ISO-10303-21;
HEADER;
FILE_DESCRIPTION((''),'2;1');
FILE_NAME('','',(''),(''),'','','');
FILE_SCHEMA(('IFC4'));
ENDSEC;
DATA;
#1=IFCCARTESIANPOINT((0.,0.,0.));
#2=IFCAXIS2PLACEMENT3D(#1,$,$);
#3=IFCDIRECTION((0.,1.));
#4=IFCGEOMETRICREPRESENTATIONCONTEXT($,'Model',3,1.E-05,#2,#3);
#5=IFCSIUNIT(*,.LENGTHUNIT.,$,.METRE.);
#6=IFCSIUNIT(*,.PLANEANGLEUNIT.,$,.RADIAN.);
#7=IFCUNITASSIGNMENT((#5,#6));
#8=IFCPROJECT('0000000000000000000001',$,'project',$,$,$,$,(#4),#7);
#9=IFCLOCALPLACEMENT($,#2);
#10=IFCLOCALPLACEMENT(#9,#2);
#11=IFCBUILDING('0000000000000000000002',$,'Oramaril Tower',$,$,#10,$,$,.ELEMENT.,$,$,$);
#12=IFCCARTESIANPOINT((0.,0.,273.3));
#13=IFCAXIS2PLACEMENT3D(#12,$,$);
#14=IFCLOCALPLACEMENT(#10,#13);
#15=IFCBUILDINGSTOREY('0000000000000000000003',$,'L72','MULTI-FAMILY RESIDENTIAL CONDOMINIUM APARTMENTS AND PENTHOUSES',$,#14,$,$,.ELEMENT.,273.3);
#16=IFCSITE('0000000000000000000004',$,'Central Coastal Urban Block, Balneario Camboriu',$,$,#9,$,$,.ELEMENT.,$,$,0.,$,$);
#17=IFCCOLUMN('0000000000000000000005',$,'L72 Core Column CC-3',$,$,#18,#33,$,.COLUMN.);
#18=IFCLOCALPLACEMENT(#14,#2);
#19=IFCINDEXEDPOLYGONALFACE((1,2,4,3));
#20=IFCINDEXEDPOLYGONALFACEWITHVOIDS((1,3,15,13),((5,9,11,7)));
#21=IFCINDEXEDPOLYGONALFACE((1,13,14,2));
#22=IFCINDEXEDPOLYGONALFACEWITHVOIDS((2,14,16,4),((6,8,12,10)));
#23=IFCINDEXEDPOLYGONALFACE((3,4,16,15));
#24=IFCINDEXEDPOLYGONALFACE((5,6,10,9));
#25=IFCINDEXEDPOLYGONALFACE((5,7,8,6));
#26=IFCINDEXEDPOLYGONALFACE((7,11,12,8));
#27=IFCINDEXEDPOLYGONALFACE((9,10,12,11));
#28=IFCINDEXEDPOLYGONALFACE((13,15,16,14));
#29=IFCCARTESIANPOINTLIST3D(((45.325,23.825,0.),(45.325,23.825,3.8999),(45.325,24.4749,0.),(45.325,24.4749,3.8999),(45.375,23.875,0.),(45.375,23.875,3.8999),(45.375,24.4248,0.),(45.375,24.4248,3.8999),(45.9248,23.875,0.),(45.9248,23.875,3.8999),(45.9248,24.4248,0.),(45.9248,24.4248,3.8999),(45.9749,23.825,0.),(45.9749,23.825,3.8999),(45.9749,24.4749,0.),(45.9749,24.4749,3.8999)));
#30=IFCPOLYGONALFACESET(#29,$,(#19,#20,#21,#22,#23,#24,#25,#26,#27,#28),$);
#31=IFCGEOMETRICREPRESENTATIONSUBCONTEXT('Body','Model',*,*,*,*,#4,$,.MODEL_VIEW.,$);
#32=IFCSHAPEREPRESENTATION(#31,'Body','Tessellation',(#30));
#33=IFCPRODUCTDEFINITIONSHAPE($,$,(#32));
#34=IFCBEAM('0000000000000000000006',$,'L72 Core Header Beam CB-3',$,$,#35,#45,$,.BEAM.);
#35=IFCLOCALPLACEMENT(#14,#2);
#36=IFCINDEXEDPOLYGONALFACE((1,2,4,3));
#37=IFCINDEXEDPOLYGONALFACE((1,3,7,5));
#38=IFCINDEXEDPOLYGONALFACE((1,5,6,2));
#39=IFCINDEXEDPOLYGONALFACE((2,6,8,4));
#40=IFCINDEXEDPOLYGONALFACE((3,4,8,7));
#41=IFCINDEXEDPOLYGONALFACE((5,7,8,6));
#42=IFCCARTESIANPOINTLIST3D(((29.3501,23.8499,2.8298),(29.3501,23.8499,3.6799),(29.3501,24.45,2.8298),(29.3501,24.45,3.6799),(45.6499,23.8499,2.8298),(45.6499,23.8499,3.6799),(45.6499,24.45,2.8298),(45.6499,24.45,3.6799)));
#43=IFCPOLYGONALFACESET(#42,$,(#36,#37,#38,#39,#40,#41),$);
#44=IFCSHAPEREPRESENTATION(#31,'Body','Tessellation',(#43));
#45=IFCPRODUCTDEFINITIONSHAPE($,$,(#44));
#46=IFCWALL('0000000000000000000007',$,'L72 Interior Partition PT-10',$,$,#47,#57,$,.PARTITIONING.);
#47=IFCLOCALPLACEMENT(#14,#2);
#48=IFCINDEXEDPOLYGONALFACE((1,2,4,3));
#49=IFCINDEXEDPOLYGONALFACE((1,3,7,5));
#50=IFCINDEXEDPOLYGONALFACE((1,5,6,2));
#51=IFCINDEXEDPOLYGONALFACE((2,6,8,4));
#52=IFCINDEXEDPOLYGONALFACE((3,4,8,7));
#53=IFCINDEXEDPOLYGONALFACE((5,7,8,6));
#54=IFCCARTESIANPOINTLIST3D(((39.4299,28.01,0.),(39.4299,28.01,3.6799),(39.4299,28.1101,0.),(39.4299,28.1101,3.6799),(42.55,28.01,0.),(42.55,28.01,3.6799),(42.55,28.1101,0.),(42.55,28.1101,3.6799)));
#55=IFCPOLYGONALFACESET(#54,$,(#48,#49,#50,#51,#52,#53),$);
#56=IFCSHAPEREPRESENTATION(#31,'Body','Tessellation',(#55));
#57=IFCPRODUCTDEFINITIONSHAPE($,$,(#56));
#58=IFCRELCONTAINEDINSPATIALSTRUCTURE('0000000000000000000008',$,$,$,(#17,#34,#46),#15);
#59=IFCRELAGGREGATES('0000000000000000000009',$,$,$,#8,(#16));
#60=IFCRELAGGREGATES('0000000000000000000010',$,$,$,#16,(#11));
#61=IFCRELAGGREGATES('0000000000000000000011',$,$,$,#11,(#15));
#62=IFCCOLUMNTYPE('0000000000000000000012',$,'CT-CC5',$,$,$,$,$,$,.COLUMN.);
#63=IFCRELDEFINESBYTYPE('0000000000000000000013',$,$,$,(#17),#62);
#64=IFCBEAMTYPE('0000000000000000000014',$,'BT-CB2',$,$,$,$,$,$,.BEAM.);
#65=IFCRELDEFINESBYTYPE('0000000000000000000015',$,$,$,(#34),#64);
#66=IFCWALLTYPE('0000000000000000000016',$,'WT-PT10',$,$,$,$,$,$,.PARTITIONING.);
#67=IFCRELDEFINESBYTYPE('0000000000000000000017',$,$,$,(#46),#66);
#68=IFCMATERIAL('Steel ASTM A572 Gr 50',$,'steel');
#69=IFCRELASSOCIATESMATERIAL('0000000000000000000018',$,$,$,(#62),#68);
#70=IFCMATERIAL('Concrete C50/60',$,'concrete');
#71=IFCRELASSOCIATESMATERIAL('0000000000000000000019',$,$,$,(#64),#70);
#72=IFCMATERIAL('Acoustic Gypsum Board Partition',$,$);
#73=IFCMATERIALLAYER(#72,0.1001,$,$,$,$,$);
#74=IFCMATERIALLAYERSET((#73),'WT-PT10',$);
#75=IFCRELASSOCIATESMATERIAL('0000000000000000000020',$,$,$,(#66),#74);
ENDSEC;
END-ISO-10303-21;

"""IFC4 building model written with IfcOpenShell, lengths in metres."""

from ifc_helpers import new_model, si_unit, direction, frame, frame_2d, origin, origin_2d, place, context, subcontext, project, spatial, rectangle, hollow_rectangle, extrude, material, layer, layer_set, material_profile, profile_set, type_object, element, save


model = new_model("IFC4")

# Units and contexts
model_context = context("Model", 3, precision=1e-05, world=origin(), true_north=direction((0.0, 1.0)))
body_context = subcontext(model_context, "Body", "Model", "MODEL_VIEW")
ifc_project = project(units=[si_unit("LENGTHUNIT", "METRE"), si_unit("PLANEANGLEUNIT", "RADIAN")], contexts=[model_context])

# Site, building, storey
site_placement = place(None, origin())
site = spatial("IfcSite", under=ifc_project, at=site_placement, Name="Central Coastal Urban Block, Balneario Camboriu", CompositionType="ELEMENT", RefElevation=0.0)
building_placement = place(site_placement, origin())
building = spatial("IfcBuilding", under=site, at=building_placement, Name="Oramaril Tower", CompositionType="ELEMENT")
storey_placement = place(building_placement, frame((0.0, 0.0, 273.3)))
storey = spatial("IfcBuildingStorey", under=building, at=storey_placement, Name="L72", Description="MULTI-FAMILY RESIDENTIAL CONDOMINIUM APARTMENTS AND PENTHOUSES", CompositionType="ELEMENT", Elevation=273.3)

# Column
ifc_material_1 = material(Name="Steel ASTM A572 Gr 50", Category="steel")
ifc_material_profile_1 = material_profile(ifc_material_1, hollow_rectangle(XDim=0.6499, YDim=0.6499, WallThickness=0.05, at=origin_2d()), Name="BOX650X650X50")
ifc_profile_set_1 = profile_set([ifc_material_profile_1], Name="Steel ASTM A572 Gr 50")
column_type = type_object("IfcColumnType", Name="CT-CC5", PredefinedType="COLUMN", material=ifc_profile_set_1)
column_placement = place(storey_placement, frame((45.6499, 24.1499, 0.0), z_axis=(0.0, 0.0, 1.0), x_axis=(1.0, 0.0, 0.0)))
element("IfcColumn", 1, at=column_placement, inside=storey, type_object=column_type, Name="L72 Core Column CC-3", PredefinedType="COLUMN", context=body_context, shape_type="SweptSolid", body=[
    extrude(hollow_rectangle(XDim=0.6499, YDim=0.6499, WallThickness=0.05, at=origin_2d()), origin(), (0.0, 0.0, 1.0), 3.8999),
])

# Beam
ifc_material_2 = material(Name="Concrete C50/60", Category="concrete")
ifc_material_profile_2 = material_profile(ifc_material_2, rectangle(XDim=0.6001, YDim=0.8501, at=origin_2d()), Name="CB600X850")
ifc_profile_set_2 = profile_set([ifc_material_profile_2], Name="Concrete C50/60")
beam_type = type_object("IfcBeamType", Name="BT-CB2", PredefinedType="BEAM", material=ifc_profile_set_2)
beam_placement = place(storey_placement, frame((45.6499, 24.1499, 3.2549), z_axis=(-1.0, 0.0, 0.0), x_axis=(0.0, -1.0, 0.0)))
element("IfcBeam", 2, at=beam_placement, inside=storey, type_object=beam_type, Name="L72 Core Header Beam CB-3", PredefinedType="BEAM", context=body_context, shape_type="SweptSolid", body=[
    extrude(rectangle(XDim=0.6001, YDim=0.8501, at=origin_2d()), origin(), (0.0, 0.0, 1.0), 16.2998),
])

# Wall
ifc_material_3 = material(Name="Acoustic Gypsum Board Partition")
ifc_layer_1 = layer(ifc_material_3, 0.1001)
ifc_layer_set_1 = layer_set([ifc_layer_1], Name="WT-PT10")
wall_type_1 = type_object("IfcWallType", Name="WT-PT10", PredefinedType="PARTITIONING", material=ifc_layer_set_1)
wall_1_placement = place(storey_placement, frame((39.4299, 28.0601, 0.0), z_axis=(0.0, 0.0, 1.0), x_axis=(1.0, 0.0, 0.0)))
element("IfcWall", 3, at=wall_1_placement, inside=storey, type_object=wall_type_1, Name="L72 Interior Partition PT-10", PredefinedType="PARTITIONING", context=body_context, shape_type="SweptSolid", body=[
    extrude(rectangle(XDim=3.1201, YDim=0.1001, at=frame_2d((1.5601, 0.0))), origin(), (0.0, 0.0, 1.0), 3.6799),
])

save(model, "model.ifc")
